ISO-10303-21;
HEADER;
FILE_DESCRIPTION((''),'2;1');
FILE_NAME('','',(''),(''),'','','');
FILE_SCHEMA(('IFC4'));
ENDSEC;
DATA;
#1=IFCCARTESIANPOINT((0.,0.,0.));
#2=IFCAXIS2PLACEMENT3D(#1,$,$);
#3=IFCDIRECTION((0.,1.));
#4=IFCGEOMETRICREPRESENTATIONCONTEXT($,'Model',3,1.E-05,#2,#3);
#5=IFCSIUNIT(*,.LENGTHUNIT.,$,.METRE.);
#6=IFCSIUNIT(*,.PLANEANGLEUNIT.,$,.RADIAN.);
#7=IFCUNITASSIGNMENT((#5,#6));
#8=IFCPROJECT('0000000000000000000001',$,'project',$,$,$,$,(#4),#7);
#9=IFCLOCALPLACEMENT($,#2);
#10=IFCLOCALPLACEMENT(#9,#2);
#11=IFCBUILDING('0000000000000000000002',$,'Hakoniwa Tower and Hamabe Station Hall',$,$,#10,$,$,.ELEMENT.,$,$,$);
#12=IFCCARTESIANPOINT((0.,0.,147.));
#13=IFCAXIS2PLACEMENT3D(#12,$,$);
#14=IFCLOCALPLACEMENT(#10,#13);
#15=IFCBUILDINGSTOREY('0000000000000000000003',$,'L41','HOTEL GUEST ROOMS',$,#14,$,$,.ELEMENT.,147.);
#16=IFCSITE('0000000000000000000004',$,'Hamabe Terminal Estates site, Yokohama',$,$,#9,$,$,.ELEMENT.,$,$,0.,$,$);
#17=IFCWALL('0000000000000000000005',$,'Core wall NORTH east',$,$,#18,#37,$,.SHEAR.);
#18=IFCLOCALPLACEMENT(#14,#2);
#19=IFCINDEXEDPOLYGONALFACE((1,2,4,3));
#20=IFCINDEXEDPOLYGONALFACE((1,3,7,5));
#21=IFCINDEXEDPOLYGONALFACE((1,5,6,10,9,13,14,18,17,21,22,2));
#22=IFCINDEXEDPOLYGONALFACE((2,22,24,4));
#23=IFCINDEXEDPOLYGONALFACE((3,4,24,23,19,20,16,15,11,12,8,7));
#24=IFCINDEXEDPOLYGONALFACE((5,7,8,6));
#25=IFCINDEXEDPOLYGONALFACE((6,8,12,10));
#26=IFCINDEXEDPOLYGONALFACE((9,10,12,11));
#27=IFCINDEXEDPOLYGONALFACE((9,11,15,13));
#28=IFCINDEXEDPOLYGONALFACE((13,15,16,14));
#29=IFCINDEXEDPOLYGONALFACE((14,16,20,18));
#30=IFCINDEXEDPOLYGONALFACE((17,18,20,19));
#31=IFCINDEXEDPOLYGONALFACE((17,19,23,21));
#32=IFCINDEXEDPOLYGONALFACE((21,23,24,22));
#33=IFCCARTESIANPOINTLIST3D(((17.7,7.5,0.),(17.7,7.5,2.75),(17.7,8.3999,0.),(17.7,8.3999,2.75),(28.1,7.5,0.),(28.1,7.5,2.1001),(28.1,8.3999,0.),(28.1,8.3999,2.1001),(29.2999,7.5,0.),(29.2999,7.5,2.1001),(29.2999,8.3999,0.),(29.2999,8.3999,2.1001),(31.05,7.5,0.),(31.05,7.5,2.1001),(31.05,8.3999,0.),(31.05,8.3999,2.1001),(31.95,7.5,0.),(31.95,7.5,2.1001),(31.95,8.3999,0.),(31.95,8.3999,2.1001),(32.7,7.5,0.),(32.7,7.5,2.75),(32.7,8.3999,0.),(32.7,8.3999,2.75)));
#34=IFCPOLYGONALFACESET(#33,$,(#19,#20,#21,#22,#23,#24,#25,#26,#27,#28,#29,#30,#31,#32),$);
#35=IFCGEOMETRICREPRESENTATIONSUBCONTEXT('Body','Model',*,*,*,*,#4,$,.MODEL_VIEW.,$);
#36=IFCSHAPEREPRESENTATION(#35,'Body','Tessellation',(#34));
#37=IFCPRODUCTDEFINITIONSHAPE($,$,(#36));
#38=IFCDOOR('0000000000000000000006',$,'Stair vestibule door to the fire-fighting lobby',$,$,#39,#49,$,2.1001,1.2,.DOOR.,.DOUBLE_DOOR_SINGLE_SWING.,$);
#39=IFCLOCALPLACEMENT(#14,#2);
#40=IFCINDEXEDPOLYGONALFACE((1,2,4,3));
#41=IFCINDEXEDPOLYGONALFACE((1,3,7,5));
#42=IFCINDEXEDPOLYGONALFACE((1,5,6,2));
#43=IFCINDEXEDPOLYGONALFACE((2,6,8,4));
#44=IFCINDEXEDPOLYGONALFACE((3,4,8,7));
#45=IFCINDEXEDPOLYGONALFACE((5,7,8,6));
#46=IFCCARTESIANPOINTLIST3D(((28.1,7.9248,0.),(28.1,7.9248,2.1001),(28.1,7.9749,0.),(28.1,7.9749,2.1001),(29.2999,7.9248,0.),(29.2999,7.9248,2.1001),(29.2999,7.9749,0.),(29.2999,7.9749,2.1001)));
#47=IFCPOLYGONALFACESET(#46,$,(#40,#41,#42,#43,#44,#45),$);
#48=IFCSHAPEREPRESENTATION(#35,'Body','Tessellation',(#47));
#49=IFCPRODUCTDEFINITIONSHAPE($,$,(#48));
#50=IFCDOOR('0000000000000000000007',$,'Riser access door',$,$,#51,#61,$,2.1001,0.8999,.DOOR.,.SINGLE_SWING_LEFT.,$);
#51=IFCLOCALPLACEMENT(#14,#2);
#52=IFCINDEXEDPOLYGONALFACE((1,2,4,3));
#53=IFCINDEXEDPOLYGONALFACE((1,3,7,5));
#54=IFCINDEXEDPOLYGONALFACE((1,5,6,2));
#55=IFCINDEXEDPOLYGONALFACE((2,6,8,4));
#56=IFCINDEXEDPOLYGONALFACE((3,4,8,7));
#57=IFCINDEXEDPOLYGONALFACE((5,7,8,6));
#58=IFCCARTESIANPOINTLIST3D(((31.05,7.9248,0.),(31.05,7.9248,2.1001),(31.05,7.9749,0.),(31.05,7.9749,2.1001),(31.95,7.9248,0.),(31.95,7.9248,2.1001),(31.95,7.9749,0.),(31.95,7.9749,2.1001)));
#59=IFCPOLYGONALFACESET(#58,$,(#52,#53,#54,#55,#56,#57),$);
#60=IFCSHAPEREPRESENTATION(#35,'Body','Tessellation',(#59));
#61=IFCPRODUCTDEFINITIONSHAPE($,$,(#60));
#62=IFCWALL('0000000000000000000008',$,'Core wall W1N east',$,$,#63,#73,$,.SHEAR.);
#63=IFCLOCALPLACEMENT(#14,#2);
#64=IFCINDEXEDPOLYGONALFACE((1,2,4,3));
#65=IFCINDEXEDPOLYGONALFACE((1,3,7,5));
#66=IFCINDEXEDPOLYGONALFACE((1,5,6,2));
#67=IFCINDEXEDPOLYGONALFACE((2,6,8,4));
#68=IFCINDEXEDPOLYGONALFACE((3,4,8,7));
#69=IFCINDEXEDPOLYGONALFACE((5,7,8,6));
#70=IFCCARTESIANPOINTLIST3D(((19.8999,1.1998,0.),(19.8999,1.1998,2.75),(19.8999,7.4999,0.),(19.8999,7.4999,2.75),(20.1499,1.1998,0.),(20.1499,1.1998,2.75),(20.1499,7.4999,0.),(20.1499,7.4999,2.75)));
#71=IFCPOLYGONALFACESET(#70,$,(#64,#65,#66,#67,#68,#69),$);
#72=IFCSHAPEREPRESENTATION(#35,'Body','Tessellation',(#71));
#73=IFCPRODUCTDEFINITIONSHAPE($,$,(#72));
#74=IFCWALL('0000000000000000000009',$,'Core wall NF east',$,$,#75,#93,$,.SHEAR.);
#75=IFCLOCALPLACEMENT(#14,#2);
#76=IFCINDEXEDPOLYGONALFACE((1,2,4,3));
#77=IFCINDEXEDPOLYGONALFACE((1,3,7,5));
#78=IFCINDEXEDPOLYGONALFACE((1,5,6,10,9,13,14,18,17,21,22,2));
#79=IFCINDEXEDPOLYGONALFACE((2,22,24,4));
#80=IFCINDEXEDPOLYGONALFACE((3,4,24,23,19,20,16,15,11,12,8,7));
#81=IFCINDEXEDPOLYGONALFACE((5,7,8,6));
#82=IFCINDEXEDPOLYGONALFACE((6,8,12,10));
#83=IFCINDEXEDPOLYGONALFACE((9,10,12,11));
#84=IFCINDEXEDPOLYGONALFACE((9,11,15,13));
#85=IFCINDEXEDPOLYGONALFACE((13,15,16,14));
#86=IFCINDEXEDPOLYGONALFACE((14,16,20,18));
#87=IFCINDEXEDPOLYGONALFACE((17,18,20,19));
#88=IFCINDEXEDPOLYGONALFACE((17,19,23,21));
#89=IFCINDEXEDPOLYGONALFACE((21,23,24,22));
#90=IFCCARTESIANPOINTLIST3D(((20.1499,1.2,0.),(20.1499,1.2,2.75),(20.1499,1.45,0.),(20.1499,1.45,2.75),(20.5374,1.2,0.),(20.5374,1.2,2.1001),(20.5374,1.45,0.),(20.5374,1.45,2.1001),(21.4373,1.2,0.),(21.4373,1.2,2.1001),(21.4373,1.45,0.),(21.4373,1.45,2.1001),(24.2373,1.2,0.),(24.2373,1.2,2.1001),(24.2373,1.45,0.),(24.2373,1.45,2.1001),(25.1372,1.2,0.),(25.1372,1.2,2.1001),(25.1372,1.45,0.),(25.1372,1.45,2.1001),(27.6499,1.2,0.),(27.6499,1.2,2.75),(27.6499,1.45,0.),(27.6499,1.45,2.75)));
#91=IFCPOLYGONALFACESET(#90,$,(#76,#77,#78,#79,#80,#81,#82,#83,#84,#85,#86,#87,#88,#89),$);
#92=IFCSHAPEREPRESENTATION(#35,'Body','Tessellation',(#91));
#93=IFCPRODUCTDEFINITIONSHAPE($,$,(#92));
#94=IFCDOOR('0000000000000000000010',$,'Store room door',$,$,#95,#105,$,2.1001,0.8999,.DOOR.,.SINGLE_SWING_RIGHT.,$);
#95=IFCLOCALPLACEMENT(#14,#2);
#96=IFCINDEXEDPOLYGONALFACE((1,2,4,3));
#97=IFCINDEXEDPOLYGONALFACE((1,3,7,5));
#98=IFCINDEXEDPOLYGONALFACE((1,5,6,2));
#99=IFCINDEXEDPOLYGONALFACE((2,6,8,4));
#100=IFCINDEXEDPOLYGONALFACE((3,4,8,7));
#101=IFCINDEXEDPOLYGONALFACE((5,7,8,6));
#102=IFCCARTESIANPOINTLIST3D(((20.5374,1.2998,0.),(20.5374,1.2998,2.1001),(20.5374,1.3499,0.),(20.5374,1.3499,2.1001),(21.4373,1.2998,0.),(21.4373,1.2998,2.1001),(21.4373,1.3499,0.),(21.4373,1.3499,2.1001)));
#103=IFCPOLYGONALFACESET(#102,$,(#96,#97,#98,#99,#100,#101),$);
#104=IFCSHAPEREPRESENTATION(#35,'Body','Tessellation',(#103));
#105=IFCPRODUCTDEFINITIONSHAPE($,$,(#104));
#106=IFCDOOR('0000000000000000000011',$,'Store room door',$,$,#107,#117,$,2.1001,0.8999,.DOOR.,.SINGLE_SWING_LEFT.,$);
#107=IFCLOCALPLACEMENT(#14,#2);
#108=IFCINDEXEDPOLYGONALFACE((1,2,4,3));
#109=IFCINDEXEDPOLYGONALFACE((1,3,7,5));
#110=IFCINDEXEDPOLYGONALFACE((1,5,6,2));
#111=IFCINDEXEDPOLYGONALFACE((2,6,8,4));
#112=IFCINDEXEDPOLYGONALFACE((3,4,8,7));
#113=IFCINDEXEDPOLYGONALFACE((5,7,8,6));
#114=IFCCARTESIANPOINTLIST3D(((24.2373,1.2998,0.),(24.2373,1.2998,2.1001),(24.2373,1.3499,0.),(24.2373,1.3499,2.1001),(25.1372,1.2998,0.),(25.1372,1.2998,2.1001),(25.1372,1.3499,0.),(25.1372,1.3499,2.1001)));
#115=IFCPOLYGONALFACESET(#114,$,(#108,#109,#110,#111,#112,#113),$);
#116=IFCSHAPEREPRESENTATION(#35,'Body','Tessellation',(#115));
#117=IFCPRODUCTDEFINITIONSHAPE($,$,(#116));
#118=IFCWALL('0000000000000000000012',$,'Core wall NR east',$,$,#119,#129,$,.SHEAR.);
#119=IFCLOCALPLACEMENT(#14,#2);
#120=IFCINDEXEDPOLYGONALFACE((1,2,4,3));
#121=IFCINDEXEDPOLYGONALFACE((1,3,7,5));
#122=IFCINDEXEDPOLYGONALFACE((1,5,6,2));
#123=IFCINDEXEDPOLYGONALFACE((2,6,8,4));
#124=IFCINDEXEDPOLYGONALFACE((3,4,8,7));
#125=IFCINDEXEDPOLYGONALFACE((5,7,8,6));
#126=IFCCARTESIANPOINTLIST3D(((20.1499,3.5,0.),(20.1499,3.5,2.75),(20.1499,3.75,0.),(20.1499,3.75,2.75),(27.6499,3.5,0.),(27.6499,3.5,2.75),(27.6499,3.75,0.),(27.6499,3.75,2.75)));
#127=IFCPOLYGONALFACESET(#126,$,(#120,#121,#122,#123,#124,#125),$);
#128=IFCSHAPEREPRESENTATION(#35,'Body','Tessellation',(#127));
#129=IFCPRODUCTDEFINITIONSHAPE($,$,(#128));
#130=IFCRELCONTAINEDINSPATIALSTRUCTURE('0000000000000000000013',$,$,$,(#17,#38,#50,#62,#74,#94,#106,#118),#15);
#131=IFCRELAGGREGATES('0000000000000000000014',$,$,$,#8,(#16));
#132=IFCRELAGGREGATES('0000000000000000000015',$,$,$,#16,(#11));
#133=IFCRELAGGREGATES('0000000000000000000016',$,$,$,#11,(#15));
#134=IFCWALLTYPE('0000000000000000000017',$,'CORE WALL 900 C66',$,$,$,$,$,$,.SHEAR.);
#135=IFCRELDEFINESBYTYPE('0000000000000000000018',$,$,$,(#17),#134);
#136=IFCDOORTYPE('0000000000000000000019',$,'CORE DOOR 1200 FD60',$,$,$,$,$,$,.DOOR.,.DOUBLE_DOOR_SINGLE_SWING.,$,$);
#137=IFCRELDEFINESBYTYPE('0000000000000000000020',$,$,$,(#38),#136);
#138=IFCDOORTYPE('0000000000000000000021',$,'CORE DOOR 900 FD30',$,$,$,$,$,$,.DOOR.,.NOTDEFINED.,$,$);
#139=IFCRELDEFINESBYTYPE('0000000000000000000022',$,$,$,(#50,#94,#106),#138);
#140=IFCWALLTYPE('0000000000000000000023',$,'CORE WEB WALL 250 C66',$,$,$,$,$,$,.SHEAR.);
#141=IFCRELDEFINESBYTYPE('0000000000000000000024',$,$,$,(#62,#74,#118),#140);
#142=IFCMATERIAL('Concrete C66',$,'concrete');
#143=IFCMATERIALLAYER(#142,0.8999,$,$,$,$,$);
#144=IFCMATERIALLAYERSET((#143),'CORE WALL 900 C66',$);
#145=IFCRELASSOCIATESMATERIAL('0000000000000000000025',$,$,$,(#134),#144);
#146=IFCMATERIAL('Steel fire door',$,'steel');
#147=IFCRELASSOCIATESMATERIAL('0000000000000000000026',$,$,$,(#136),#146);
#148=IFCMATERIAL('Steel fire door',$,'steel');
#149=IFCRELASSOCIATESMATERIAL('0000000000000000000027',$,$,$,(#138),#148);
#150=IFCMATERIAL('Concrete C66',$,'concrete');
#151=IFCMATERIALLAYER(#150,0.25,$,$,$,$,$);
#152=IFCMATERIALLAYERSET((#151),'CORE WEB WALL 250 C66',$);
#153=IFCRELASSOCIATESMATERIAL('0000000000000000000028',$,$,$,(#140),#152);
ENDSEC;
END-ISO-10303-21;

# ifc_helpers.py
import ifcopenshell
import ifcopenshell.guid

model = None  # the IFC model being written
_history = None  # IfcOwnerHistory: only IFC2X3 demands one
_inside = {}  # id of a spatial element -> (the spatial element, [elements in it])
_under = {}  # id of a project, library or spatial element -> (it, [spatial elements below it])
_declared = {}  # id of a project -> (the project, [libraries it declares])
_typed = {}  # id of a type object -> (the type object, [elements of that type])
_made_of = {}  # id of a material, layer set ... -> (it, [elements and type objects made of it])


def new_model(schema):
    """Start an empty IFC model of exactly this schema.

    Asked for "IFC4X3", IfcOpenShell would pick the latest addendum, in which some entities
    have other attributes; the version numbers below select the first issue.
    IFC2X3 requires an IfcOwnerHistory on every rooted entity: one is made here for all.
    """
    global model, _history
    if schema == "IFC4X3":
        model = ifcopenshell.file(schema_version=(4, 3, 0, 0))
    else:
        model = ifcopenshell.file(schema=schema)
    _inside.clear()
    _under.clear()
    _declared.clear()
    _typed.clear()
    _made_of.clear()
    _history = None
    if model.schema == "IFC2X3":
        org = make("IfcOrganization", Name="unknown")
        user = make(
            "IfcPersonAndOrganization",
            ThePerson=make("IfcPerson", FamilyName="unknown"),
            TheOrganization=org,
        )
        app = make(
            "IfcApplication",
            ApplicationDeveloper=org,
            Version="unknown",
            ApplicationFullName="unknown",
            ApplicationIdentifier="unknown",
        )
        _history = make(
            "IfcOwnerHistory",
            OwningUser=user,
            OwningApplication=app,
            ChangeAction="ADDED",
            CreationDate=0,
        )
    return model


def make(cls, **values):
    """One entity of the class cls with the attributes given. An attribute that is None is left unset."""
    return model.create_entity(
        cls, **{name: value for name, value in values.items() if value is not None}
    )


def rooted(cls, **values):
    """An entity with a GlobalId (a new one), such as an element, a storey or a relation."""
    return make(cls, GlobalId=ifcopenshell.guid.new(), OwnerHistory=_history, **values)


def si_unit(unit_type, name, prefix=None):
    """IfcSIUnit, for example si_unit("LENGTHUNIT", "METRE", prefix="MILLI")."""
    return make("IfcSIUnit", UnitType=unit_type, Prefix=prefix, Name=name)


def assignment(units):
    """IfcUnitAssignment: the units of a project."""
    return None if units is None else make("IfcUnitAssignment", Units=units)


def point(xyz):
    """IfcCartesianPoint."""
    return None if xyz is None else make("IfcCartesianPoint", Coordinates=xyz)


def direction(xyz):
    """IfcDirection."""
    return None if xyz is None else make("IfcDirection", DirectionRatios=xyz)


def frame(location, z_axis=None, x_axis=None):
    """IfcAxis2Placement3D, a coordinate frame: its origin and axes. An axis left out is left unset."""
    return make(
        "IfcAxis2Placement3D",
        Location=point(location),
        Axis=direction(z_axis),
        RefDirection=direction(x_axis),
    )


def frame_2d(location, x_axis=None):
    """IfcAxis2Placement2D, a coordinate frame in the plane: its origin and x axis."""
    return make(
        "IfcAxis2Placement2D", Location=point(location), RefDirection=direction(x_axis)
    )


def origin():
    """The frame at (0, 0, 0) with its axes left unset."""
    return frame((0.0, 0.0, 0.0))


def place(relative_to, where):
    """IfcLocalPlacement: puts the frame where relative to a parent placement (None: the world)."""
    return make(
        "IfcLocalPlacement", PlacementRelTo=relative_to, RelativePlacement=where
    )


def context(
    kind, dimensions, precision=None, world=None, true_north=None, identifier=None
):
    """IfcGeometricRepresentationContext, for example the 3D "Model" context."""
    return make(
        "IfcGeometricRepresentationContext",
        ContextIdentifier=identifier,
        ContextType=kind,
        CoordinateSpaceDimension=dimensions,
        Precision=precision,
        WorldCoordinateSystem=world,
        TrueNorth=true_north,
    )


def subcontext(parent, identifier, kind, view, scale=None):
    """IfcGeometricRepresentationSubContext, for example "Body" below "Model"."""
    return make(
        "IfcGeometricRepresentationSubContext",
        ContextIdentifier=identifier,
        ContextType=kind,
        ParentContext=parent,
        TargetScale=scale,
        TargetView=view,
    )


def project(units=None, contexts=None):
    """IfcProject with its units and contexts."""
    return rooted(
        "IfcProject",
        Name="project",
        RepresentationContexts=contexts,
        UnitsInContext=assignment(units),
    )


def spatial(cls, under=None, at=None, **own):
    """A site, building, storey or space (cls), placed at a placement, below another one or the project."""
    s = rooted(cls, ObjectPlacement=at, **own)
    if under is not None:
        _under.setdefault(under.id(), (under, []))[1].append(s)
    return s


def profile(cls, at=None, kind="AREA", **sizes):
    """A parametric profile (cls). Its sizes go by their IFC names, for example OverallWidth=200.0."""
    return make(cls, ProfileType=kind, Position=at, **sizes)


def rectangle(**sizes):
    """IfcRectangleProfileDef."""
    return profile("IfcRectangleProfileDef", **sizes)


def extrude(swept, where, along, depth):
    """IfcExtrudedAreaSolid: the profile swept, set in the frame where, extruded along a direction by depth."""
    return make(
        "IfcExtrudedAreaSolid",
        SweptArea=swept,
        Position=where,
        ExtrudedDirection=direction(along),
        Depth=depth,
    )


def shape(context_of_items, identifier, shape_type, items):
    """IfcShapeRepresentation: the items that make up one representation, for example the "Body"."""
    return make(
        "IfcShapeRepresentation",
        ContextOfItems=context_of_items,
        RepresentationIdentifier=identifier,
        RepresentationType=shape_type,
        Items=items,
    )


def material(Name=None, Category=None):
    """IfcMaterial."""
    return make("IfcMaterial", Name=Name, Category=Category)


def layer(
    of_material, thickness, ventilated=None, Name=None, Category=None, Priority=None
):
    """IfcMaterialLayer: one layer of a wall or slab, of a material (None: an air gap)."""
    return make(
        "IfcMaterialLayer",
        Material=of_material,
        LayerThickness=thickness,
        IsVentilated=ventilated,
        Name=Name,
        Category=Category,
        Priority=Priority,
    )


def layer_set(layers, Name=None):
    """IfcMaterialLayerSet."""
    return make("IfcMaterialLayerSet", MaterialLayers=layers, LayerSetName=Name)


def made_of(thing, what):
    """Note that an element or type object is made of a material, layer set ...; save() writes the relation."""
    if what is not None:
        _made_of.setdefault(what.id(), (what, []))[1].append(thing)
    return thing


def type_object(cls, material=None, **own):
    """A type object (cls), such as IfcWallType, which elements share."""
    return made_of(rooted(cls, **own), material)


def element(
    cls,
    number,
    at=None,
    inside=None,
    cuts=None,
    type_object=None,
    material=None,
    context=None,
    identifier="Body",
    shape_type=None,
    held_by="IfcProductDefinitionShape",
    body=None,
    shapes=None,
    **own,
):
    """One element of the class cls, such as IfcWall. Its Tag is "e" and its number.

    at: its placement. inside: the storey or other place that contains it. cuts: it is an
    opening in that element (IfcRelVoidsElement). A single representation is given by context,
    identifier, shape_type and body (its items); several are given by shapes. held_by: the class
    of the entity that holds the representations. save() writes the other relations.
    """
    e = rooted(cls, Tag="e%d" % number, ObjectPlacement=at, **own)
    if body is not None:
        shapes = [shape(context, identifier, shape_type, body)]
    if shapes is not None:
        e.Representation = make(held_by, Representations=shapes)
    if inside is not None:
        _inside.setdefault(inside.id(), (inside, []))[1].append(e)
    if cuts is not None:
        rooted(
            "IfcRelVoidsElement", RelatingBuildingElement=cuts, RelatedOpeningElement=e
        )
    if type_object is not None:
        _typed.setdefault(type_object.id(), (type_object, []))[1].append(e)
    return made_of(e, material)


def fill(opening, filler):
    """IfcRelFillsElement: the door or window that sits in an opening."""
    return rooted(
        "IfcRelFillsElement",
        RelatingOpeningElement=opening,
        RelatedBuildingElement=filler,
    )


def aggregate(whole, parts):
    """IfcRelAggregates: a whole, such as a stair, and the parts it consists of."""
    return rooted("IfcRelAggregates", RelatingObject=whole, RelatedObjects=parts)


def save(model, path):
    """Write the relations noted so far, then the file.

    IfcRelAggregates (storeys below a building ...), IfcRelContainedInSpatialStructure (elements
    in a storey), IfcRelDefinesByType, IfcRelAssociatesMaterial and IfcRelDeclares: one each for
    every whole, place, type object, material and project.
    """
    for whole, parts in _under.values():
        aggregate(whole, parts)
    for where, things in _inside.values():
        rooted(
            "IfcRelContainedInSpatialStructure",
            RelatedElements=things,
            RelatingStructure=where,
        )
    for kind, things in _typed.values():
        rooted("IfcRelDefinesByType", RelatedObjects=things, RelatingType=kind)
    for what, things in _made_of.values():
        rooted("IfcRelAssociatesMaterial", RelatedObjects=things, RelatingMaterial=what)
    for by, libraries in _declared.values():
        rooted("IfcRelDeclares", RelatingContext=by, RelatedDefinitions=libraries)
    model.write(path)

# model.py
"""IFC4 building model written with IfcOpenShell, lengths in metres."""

from ifc_helpers import new_model, si_unit, direction, frame, frame_2d, origin, place, context, subcontext, project, spatial, rectangle, extrude, material, layer, layer_set, type_object, element, fill, save


model = new_model("IFC4")

# Units and contexts
model_context = context("Model", 3, precision=1e-05, world=origin(), true_north=direction((0.0, 1.0)))
body_context = subcontext(model_context, "Body", "Model", "MODEL_VIEW")
ifc_project = project(units=[si_unit("LENGTHUNIT", "METRE"), si_unit("PLANEANGLEUNIT", "RADIAN")], contexts=[model_context])

# Site, building, storey
site_placement = place(None, origin())
site = spatial("IfcSite", under=ifc_project, at=site_placement, Name="Hamabe Terminal Estates site, Yokohama", CompositionType="ELEMENT", RefElevation=0.0)
building_placement = place(site_placement, origin())
building = spatial("IfcBuilding", under=site, at=building_placement, Name="Hakoniwa Tower and Hamabe Station Hall", CompositionType="ELEMENT")
storey_placement = place(building_placement, frame((0.0, 0.0, 147.0)))
storey = spatial("IfcBuildingStorey", under=building, at=storey_placement, Name="L41", Description="HOTEL GUEST ROOMS", CompositionType="ELEMENT", Elevation=147.0)

# Wall, openings, doors
ifc_material_1 = material(Name="Concrete C66", Category="concrete")
ifc_layer_1 = layer(ifc_material_1, 0.8999)
ifc_layer_set_1 = layer_set([ifc_layer_1], Name="CORE WALL 900 C66")
wall_type_1 = type_object("IfcWallType", Name="CORE WALL 900 C66", PredefinedType="SHEAR", material=ifc_layer_set_1)
wall_1_placement = place(storey_placement, frame((17.7, 7.95, 0.0), z_axis=(0.0, 0.0, 1.0), x_axis=(1.0, 0.0, 0.0)))
wall_1 = element("IfcWall", 1, at=wall_1_placement, inside=storey, type_object=wall_type_1, Name="Core wall NORTH east", PredefinedType="SHEAR", context=body_context, shape_type="SweptSolid", body=[
    extrude(rectangle(XDim=15.0, YDim=0.8999, at=frame_2d((7.5, 0.0))), origin(), (0.0, 0.0, 1.0), 2.75),
])
opening_1_placement = place(wall_1_placement, frame((10.3999, 0.0, 0.0)))
opening_1 = element("IfcOpeningElement", 2, at=opening_1_placement, cuts=wall_1, PredefinedType="OPENING", context=body_context, shape_type="SweptSolid", body=[
    extrude(rectangle(XDim=1.2, YDim=2.1001, at=frame_2d((0.6001, 1.05))), frame((0.0, 0.46, 0.0), z_axis=(0.0, -1.0, 0.0), x_axis=(1.0, 0.0, 0.0)), (0.0, 0.0, 1.0), 0.9199),
])
opening_2_placement = place(wall_1_placement, frame((13.3501, 0.0, 0.0)))
opening_2 = element("IfcOpeningElement", 3, at=opening_2_placement, cuts=wall_1, PredefinedType="OPENING", context=body_context, shape_type="SweptSolid", body=[
    extrude(rectangle(XDim=0.8999, YDim=2.1001, at=frame_2d((0.45, 1.05))), frame((0.0, 0.46, 0.0), z_axis=(0.0, -1.0, 0.0), x_axis=(1.0, 0.0, 0.0)), (0.0, 0.0, 1.0), 0.9199),
])
ifc_material_2 = material(Name="Steel fire door", Category="steel")
door_type_1 = type_object("IfcDoorType", Name="CORE DOOR 1200 FD60", OperationType="DOUBLE_DOOR_SINGLE_SWING", PredefinedType="DOOR", material=ifc_material_2)
door_1_placement = place(opening_1_placement, origin())
door_1 = element("IfcDoor", 4, at=door_1_placement, inside=storey, type_object=door_type_1, Name="Stair vestibule door to the fire-fighting lobby", OperationType="DOUBLE_DOOR_SINGLE_SWING", OverallHeight=2.1001, OverallWidth=1.2, PredefinedType="DOOR", context=body_context, shape_type="SweptSolid", body=[
    extrude(rectangle(XDim=1.2, YDim=2.1001, at=frame_2d((0.6001, 1.05))), frame((0.0, 0.0249, 0.0), z_axis=(0.0, -1.0, 0.0), x_axis=(1.0, 0.0, 0.0)), (0.0, 0.0, 1.0), 0.05),
])
fill(opening_1, door_1)
ifc_material_3 = material(Name="Steel fire door", Category="steel")
door_type_2 = type_object("IfcDoorType", Name="CORE DOOR 900 FD30", OperationType="NOTDEFINED", PredefinedType="DOOR", material=ifc_material_3)
door_2_placement = place(opening_2_placement, origin())
door_2 = element("IfcDoor", 5, at=door_2_placement, inside=storey, type_object=door_type_2, Name="Riser access door", OperationType="SINGLE_SWING_LEFT", OverallHeight=2.1001, OverallWidth=0.8999, PredefinedType="DOOR", context=body_context, shape_type="SweptSolid", body=[
    extrude(rectangle(XDim=0.8999, YDim=2.1001, at=frame_2d((0.45, 1.05))), frame((0.0, 0.0249, 0.0), z_axis=(0.0, -1.0, 0.0), x_axis=(1.0, 0.0, 0.0)), (0.0, 0.0, 1.0), 0.05),
])
fill(opening_2, door_2)

# Wall
ifc_material_4 = material(Name="Concrete C66", Category="concrete")
ifc_layer_2 = layer(ifc_material_4, 0.25)
ifc_layer_set_2 = layer_set([ifc_layer_2], Name="CORE WEB WALL 250 C66")
wall_type_2 = type_object("IfcWallType", Name="CORE WEB WALL 250 C66", PredefinedType="SHEAR", material=ifc_layer_set_2)
wall_2_placement = place(storey_placement, frame((20.0249, 1.2, 0.0), z_axis=(0.0, 0.0, 1.0), x_axis=(0.0, 1.0, 0.0)))
element("IfcWall", 6, at=wall_2_placement, inside=storey, type_object=wall_type_2, Name="Core wall W1N east", PredefinedType="SHEAR", context=body_context, shape_type="SweptSolid", body=[
    extrude(rectangle(XDim=6.3, YDim=0.25, at=frame_2d((3.1499, 0.0))), origin(), (0.0, 0.0, 1.0), 2.75),
])

# Wall, openings, doors
wall_3_placement = place(storey_placement, frame((20.1499, 1.325, 0.0), z_axis=(0.0, 0.0, 1.0), x_axis=(1.0, 0.0, 0.0)))
wall_3 = element("IfcWall", 7, at=wall_3_placement, inside=storey, type_object=wall_type_2, Name="Core wall NF east", PredefinedType="SHEAR", context=body_context, shape_type="SweptSolid", body=[
    extrude(rectangle(XDim=7.5, YDim=0.25, at=frame_2d((3.75, 0.0))), origin(), (0.0, 0.0, 1.0), 2.75),
])
opening_3_placement = place(wall_3_placement, frame((0.3875, 0.0, 0.0)))
opening_3 = element("IfcOpeningElement", 8, at=opening_3_placement, cuts=wall_3, PredefinedType="OPENING", context=body_context, shape_type="SweptSolid", body=[
    extrude(rectangle(XDim=0.8999, YDim=2.1001, at=frame_2d((0.45, 1.05))), frame((0.0, 0.135, 0.0), z_axis=(0.0, -1.0, 0.0), x_axis=(1.0, 0.0, 0.0)), (0.0, 0.0, 1.0), 0.27),
])
opening_4_placement = place(wall_3_placement, frame((4.0874, 0.0, 0.0)))
opening_4 = element("IfcOpeningElement", 9, at=opening_4_placement, cuts=wall_3, PredefinedType="OPENING", context=body_context, shape_type="SweptSolid", body=[
    extrude(rectangle(XDim=0.8999, YDim=2.1001, at=frame_2d((0.45, 1.05))), frame((0.0, 0.135, 0.0), z_axis=(0.0, -1.0, 0.0), x_axis=(1.0, 0.0, 0.0)), (0.0, 0.0, 1.0), 0.27),
])
door_3_placement = place(opening_3_placement, origin())
door_3 = element("IfcDoor", 10, at=door_3_placement, inside=storey, type_object=door_type_2, Name="Store room door", OperationType="SINGLE_SWING_RIGHT", OverallHeight=2.1001, OverallWidth=0.8999, PredefinedType="DOOR", context=body_context, shape_type="SweptSolid", body=[
    extrude(rectangle(XDim=0.8999, YDim=2.1001, at=frame_2d((0.45, 1.05))), frame((0.0, 0.0249, 0.0), z_axis=(0.0, -1.0, 0.0), x_axis=(1.0, 0.0, 0.0)), (0.0, 0.0, 1.0), 0.05),
])
fill(opening_3, door_3)
door_4_placement = place(opening_4_placement, origin())
door_4 = element("IfcDoor", 11, at=door_4_placement, inside=storey, type_object=door_type_2, Name="Store room door", OperationType="SINGLE_SWING_LEFT", OverallHeight=2.1001, OverallWidth=0.8999, PredefinedType="DOOR", context=body_context, shape_type="SweptSolid", body=[
    extrude(rectangle(XDim=0.8999, YDim=2.1001, at=frame_2d((0.45, 1.05))), frame((0.0, 0.0249, 0.0), z_axis=(0.0, -1.0, 0.0), x_axis=(1.0, 0.0, 0.0)), (0.0, 0.0, 1.0), 0.05),
])
fill(opening_4, door_4)

# Wall
wall_4_placement = place(storey_placement, frame((20.1499, 3.625, 0.0), z_axis=(0.0, 0.0, 1.0), x_axis=(1.0, 0.0, 0.0)))
element("IfcWall", 12, at=wall_4_placement, inside=storey, type_object=wall_type_2, Name="Core wall NR east", PredefinedType="SHEAR", context=body_context, shape_type="SweptSolid", body=[
    extrude(rectangle(XDim=7.5, YDim=0.25, at=frame_2d((3.75, 0.0))), origin(), (0.0, 0.0, 1.0), 2.75),
])

save(model, "model.ifc")
